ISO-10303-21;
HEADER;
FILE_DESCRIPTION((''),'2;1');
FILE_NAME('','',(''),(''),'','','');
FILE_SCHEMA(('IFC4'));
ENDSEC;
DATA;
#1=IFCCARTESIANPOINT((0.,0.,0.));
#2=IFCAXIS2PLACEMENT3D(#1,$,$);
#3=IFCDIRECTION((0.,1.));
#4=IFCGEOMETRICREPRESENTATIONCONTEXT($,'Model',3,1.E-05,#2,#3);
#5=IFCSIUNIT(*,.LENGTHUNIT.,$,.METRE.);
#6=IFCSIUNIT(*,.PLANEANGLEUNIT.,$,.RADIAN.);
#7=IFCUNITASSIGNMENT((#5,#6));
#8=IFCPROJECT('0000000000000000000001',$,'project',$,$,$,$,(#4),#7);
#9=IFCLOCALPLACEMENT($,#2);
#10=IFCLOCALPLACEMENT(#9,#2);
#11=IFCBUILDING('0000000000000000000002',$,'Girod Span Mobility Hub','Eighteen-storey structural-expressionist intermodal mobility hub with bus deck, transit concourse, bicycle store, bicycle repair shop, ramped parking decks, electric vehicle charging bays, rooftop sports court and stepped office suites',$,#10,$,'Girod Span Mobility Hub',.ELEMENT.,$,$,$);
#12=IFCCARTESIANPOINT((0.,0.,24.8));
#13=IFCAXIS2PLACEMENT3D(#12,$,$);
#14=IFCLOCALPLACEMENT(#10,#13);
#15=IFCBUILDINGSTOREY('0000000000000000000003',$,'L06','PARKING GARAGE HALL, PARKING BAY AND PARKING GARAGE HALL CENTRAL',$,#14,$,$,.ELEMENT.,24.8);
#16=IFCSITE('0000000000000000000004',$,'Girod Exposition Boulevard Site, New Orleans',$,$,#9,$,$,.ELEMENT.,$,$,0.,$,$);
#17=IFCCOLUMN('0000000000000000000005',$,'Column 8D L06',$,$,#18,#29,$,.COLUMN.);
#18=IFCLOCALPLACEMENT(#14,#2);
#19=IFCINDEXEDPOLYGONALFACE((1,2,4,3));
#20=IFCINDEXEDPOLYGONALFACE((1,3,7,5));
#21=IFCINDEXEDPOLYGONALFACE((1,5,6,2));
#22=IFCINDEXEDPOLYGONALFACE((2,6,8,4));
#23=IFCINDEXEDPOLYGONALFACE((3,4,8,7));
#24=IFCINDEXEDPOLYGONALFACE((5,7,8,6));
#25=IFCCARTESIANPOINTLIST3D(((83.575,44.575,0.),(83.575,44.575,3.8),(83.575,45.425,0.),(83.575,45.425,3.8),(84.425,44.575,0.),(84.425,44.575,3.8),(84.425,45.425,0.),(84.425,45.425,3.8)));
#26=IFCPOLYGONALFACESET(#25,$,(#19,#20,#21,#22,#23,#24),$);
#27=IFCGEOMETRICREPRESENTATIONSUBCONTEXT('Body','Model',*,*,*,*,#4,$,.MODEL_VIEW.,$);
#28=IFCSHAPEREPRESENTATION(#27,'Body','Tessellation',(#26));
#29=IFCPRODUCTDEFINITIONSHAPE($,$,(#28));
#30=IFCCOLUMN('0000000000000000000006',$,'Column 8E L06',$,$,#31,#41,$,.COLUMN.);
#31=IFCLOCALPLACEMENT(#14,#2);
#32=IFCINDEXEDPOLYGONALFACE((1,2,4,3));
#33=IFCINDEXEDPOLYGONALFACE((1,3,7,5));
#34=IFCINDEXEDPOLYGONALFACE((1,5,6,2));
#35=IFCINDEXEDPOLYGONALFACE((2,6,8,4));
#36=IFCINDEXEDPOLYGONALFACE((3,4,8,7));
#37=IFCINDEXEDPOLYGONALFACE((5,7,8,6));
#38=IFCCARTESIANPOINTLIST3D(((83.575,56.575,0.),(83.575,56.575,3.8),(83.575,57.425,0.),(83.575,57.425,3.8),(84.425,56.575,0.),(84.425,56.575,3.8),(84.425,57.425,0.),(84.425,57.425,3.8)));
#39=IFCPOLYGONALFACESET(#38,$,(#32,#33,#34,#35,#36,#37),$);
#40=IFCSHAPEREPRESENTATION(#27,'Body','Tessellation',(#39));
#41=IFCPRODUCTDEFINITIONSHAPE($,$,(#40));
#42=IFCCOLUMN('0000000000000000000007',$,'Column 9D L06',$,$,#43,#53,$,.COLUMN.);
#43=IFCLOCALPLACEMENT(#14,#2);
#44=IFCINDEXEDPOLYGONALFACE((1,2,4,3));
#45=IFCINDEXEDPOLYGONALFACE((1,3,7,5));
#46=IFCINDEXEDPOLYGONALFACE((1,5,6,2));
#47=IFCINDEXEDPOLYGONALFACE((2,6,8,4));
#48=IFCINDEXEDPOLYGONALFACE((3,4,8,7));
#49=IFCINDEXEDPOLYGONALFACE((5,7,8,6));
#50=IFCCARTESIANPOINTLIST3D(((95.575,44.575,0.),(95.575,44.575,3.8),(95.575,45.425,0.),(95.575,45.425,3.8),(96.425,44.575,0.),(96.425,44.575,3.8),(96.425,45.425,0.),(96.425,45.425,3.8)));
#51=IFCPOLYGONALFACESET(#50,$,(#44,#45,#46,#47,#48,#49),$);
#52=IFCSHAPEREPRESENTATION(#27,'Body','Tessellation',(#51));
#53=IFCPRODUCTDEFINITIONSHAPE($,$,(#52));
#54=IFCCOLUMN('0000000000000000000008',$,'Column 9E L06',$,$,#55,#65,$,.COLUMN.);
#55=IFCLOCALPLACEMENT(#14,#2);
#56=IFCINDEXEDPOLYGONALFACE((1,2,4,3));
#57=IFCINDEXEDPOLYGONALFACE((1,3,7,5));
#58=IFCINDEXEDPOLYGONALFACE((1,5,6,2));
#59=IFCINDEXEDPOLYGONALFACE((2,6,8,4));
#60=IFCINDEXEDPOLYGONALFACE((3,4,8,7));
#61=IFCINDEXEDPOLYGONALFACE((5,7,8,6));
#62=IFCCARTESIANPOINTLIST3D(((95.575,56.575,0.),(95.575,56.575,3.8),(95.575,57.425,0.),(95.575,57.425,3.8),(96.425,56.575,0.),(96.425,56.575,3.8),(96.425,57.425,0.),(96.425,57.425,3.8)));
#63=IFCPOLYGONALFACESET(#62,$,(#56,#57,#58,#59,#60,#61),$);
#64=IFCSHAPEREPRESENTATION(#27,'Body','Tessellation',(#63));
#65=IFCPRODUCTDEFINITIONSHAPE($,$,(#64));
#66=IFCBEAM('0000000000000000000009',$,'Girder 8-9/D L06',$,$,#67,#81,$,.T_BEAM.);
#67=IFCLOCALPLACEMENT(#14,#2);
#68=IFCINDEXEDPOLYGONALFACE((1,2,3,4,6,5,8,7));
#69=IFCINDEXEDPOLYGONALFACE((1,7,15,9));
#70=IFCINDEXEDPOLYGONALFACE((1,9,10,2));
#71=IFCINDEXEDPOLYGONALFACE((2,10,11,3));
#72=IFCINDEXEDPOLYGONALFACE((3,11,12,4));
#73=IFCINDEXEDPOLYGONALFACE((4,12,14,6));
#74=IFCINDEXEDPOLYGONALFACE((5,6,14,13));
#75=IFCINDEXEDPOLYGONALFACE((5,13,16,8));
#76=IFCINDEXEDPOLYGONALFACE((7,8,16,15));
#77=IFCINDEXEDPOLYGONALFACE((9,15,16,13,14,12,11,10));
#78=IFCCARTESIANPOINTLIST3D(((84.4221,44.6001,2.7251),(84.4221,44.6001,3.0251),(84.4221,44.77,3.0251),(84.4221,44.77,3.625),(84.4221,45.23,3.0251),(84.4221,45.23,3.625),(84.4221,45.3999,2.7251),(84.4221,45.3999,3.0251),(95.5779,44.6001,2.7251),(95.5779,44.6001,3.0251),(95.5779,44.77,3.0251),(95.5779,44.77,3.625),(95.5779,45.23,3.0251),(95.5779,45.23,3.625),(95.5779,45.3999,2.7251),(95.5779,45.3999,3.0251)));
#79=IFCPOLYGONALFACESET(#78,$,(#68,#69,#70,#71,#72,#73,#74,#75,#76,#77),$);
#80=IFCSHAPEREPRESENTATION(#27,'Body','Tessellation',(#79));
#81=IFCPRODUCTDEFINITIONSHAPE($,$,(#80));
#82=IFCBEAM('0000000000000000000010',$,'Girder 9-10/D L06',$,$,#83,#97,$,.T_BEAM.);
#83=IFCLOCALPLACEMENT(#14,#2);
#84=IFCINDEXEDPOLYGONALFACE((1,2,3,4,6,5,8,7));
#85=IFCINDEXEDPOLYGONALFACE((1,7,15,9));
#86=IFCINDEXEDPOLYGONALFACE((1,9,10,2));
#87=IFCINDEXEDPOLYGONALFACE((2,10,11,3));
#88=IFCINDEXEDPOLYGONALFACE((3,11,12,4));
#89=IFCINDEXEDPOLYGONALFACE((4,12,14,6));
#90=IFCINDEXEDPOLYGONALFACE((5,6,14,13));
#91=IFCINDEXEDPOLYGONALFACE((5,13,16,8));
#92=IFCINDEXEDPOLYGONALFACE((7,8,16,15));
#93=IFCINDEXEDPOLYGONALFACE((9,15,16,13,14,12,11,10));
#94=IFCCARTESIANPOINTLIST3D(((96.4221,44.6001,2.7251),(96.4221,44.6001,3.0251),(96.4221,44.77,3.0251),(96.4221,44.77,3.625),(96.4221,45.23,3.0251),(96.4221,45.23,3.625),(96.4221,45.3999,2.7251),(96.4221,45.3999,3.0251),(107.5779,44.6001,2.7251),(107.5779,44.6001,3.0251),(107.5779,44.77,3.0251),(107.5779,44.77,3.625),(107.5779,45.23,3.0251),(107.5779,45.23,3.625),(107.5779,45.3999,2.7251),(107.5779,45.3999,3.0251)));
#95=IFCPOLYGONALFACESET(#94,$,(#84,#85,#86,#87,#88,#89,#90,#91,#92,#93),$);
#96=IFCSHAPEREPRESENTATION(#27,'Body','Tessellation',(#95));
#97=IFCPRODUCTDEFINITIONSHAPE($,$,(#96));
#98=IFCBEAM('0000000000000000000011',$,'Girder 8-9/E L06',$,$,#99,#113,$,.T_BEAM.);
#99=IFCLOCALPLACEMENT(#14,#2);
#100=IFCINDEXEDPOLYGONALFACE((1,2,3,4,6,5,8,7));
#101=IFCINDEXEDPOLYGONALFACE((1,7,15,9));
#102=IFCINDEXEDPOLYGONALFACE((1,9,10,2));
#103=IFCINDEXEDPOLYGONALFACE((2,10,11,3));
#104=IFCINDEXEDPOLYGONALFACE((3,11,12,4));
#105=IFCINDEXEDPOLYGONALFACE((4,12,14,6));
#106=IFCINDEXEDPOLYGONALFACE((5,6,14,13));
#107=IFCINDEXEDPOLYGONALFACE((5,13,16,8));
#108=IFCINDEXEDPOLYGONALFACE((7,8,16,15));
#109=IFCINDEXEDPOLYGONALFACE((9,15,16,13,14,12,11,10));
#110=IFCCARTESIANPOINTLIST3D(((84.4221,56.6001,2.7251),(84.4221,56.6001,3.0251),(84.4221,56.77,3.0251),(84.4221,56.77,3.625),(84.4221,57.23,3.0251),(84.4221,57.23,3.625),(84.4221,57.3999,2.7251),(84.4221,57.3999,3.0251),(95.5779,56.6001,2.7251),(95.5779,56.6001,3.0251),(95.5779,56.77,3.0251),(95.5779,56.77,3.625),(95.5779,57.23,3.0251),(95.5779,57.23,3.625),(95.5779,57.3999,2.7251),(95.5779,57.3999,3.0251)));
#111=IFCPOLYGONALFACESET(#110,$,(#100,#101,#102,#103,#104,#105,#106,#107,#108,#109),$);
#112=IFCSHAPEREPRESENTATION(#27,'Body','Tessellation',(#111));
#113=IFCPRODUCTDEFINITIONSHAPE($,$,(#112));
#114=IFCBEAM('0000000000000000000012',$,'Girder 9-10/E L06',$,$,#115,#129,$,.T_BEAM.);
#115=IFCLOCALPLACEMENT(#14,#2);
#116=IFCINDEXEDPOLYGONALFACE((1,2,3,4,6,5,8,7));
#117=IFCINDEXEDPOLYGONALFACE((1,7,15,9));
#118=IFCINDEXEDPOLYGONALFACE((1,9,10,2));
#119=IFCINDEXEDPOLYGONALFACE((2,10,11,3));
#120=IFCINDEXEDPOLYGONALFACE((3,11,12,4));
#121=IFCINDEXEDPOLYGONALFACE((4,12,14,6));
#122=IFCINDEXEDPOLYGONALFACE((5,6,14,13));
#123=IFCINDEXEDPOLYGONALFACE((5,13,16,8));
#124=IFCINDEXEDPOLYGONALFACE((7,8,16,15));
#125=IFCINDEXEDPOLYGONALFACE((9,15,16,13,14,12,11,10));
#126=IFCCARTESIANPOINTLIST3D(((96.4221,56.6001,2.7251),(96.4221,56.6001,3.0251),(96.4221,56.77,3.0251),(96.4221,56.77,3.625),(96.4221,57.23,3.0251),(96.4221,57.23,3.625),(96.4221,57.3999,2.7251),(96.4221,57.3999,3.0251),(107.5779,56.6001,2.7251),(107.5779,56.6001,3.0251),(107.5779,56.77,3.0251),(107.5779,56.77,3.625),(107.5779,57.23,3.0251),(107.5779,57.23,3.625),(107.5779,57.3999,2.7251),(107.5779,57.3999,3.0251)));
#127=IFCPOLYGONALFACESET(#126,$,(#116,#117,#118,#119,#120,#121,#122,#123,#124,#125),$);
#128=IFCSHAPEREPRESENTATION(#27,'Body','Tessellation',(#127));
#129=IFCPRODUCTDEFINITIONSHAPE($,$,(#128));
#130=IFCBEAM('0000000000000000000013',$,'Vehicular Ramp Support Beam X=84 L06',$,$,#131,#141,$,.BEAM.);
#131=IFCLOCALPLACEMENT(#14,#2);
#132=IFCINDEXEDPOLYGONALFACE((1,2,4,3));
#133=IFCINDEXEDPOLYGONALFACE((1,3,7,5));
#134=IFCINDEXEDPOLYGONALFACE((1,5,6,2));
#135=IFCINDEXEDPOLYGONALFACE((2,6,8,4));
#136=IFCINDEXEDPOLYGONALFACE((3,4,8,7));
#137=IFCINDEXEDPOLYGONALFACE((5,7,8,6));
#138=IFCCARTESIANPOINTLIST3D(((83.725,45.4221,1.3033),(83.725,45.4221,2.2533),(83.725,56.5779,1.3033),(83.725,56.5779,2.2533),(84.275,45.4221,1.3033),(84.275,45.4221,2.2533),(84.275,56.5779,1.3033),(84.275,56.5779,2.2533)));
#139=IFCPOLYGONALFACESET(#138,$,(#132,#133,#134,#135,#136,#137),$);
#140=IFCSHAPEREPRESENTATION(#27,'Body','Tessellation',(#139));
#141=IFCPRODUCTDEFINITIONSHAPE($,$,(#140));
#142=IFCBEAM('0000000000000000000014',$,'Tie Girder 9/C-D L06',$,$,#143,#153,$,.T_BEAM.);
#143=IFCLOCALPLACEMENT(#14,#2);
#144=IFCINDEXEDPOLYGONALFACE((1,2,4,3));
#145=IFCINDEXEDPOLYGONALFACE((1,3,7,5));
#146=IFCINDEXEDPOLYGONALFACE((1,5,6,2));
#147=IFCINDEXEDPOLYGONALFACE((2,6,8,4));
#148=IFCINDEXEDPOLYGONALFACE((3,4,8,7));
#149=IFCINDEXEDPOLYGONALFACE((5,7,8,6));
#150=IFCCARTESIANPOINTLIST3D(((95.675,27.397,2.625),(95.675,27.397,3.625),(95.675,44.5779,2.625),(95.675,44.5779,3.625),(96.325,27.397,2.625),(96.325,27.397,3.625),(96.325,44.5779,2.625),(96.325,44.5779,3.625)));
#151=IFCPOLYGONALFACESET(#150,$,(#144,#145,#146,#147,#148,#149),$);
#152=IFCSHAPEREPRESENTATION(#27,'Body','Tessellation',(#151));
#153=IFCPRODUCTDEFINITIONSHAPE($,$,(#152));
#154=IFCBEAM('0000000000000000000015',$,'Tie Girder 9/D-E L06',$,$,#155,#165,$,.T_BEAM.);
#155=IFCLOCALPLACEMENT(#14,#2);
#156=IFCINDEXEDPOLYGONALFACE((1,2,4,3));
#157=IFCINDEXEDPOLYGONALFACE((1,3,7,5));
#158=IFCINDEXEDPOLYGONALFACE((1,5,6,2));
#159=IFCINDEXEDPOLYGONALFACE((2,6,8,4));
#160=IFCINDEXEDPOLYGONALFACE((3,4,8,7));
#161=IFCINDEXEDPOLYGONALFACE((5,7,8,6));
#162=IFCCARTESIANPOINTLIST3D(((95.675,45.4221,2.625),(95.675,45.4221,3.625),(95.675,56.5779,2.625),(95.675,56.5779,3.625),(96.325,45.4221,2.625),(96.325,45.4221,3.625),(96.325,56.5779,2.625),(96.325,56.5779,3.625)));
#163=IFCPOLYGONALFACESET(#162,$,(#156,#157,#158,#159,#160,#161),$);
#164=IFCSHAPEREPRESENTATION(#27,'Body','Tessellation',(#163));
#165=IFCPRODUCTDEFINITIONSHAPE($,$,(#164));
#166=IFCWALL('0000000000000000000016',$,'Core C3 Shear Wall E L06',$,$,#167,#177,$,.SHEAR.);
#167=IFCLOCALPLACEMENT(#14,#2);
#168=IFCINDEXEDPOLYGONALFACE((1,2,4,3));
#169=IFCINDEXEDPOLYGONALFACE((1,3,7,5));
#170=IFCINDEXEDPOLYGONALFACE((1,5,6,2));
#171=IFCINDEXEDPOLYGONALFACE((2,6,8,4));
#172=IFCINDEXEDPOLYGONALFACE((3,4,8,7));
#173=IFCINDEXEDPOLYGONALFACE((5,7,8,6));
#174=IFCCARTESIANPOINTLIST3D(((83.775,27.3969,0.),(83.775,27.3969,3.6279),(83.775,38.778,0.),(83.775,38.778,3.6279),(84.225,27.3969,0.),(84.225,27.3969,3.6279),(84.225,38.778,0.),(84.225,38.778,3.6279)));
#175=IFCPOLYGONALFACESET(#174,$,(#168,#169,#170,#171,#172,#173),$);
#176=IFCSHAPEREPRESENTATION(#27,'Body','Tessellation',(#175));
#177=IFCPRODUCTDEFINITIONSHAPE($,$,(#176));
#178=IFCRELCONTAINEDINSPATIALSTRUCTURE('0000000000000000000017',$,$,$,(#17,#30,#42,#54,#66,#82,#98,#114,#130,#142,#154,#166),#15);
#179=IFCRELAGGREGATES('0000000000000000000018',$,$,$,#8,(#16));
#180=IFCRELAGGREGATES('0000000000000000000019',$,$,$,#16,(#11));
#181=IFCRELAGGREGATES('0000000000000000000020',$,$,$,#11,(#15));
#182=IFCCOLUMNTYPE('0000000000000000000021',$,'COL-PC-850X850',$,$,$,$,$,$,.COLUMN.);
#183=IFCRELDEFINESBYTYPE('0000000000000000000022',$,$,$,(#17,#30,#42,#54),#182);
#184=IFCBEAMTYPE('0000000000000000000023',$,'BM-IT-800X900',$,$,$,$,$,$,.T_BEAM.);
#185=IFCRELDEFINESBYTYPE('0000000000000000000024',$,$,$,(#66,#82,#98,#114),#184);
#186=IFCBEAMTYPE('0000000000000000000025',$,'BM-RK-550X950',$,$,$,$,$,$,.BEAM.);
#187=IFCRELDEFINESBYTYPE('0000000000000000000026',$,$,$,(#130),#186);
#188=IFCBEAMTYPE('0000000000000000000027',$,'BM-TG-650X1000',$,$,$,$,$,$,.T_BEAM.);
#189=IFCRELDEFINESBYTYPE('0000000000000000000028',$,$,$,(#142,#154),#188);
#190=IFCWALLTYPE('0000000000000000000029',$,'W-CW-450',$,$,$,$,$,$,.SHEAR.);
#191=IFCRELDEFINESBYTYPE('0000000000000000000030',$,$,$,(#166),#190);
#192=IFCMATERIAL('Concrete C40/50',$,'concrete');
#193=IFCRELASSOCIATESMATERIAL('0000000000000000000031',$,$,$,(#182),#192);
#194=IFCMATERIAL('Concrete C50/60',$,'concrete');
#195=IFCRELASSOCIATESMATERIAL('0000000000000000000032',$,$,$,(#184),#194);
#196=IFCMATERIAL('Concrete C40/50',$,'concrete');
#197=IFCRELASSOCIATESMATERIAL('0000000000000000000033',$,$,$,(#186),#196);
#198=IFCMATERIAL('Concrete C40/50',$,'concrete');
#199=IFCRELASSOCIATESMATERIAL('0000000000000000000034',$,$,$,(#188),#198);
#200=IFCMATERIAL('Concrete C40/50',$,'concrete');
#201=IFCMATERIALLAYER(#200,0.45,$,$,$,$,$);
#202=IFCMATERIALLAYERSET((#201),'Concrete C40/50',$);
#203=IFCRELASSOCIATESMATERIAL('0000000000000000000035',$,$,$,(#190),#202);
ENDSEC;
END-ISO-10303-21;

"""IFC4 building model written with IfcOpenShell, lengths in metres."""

from ifc_helpers import new_model, si_unit, direction, frame, frame_2d, origin, origin_2d, place, context, subcontext, project, spatial, polyline, rectangle, outline, extrude, material, layer, layer_set, material_profile, profile_set, type_object, element, save


model = new_model("IFC4")

# Units and contexts
model_context = context("Model", 3, precision=1e-05, world=origin(), true_north=direction((0.0, 1.0)))
body_context = subcontext(model_context, "Body", "Model", "MODEL_VIEW")
ifc_project = project(units=[si_unit("LENGTHUNIT", "METRE"), si_unit("PLANEANGLEUNIT", "RADIAN")], contexts=[model_context])

# Site, building, storey
site_placement = place(None, origin())
site = spatial("IfcSite", under=ifc_project, at=site_placement, Name="Girod Exposition Boulevard Site, New Orleans", CompositionType="ELEMENT", RefElevation=0.0)
building_placement = place(site_placement, origin())
building = spatial("IfcBuilding", under=site, at=building_placement, Name="Girod Span Mobility Hub", Description="Eighteen-storey structural-expressionist intermodal mobility hub with bus deck, transit concourse, bicycle store, bicycle repair shop, ramped parking decks, electric vehicle charging bays, rooftop sports court and stepped office suites", LongName="Girod Span Mobility Hub", CompositionType="ELEMENT")
storey_placement = place(building_placement, frame((0.0, 0.0, 24.8)))
storey = spatial("IfcBuildingStorey", under=building, at=storey_placement, Name="L06", Description="PARKING GARAGE HALL, PARKING BAY AND PARKING GARAGE HALL CENTRAL", CompositionType="ELEMENT", Elevation=24.8)

# Columns
ifc_material_1 = material(Name="Concrete C40/50", Category="concrete")
ifc_material_profile_1 = material_profile(ifc_material_1, rectangle(XDim=0.8501, YDim=0.8501, at=origin_2d()), Name="PC-COL-850X850")
ifc_profile_set_1 = profile_set([ifc_material_profile_1], Name="Concrete C40/50")
column_type = type_object("IfcColumnType", Name="COL-PC-850X850", PredefinedType="COLUMN", material=ifc_profile_set_1)
for number, where, z_axis, x_axis, name in (
    (1, (84.0, 45.0, 0.0), (0.0, 0.0, 1.0), (1.0, 0.0, 0.0), "Column 8D L06"),
    (2, (84.0, 57.0, 0.0), (0.0, 0.0, 1.0), (1.0, 0.0, 0.0), "Column 8E L06"),
    (3, (96.0, 45.0, 0.0), (0.0, 0.0, 1.0), (1.0, 0.0, 0.0), "Column 9D L06"),
    (4, (96.0, 57.0, 0.0), (0.0, 0.0, 1.0), (1.0, 0.0, 0.0), "Column 9E L06"),
):
    element("IfcColumn", number, at=place(storey_placement, frame(where, z_axis=z_axis, x_axis=x_axis)), inside=storey, type_object=column_type, Name=name, PredefinedType="COLUMN", context=body_context, shape_type="SweptSolid", body=[
        extrude(rectangle(XDim=0.8501, YDim=0.8501, at=origin_2d()), origin(), (0.0, 0.0, 1.0), 3.8),
    ])

# Beams
ifc_material_2 = material(Name="Concrete C50/60", Category="concrete")
ifc_material_profile_2 = material_profile(ifc_material_2, outline(polyline([(-0.3999, -0.45), (0.3999, -0.45), (0.3999, -0.1499), (0.23, -0.1499), (0.23, 0.45), (-0.23, 0.45), (-0.23, -0.1499), (-0.3999, -0.1499), (-0.3999, -0.45)])), Name="IT-800X900")
ifc_profile_set_2 = profile_set([ifc_material_profile_2], Name="Concrete C50/60")
beam_type_1 = type_object("IfcBeamType", Name="BM-IT-800X900", PredefinedType="T_BEAM", material=ifc_profile_set_2)
for number, where, z_axis, x_axis, name in (
    (5, (84.4221, 45.0, 3.175), (1.0, 0.0, 0.0), (0.0, 1.0, 0.0), "Girder 8-9/D L06"),
    (6, (96.4221, 45.0, 3.175), (1.0, 0.0, 0.0), (0.0, 1.0, 0.0), "Girder 9-10/D L06"),
    (7, (84.4221, 57.0, 3.175), (1.0, 0.0, 0.0), (0.0, 1.0, 0.0), "Girder 8-9/E L06"),
    (8, (96.4221, 57.0, 3.175), (1.0, 0.0, 0.0), (0.0, 1.0, 0.0), "Girder 9-10/E L06"),
):
    element("IfcBeam", number, at=place(storey_placement, frame(where, z_axis=z_axis, x_axis=x_axis)), inside=storey, type_object=beam_type_1, Name=name, PredefinedType="T_BEAM", context=body_context, shape_type="SweptSolid", body=[
        extrude(outline(polyline([(-0.3999, -0.45), (0.3999, -0.45), (0.3999, -0.1499), (0.23, -0.1499), (0.23, 0.45), (-0.23, 0.45), (-0.23, -0.1499), (-0.3999, -0.1499), (-0.3999, -0.45)])), origin(), (0.0, 0.0, 1.0), 11.1558),
    ])
ifc_material_3 = material(Name="Concrete C40/50", Category="concrete")
ifc_material_profile_3 = material_profile(ifc_material_3, rectangle(XDim=0.55, YDim=0.95, at=origin_2d()), Name="RK-550X950")
ifc_profile_set_3 = profile_set([ifc_material_profile_3], Name="Concrete C40/50")
beam_type_2 = type_object("IfcBeamType", Name="BM-RK-550X950", PredefinedType="BEAM", material=ifc_profile_set_3)
beam_1_placement = place(storey_placement, frame((84.0, 45.4221, 1.7783), z_axis=(0.0, 1.0, 0.0), x_axis=(-1.0, 0.0, 0.0)))
element("IfcBeam", 9, at=beam_1_placement, inside=storey, type_object=beam_type_2, Name="Vehicular Ramp Support Beam X=84 L06", PredefinedType="BEAM", context=body_context, shape_type="SweptSolid", body=[
    extrude(rectangle(XDim=0.55, YDim=0.95, at=origin_2d()), origin(), (0.0, 0.0, 1.0), 11.1558),
])
ifc_material_4 = material(Name="Concrete C40/50", Category="concrete")
ifc_material_profile_4 = material_profile(ifc_material_4, rectangle(XDim=0.6499, YDim=1.0, at=origin_2d()), Name="TG-650X1000")
ifc_profile_set_4 = profile_set([ifc_material_profile_4], Name="Concrete C40/50")
beam_type_3 = type_object("IfcBeamType", Name="BM-TG-650X1000", PredefinedType="T_BEAM", material=ifc_profile_set_4)
beam_2_placement = place(storey_placement, frame((96.0, 27.397, 3.125), z_axis=(0.0, 1.0, 0.0), x_axis=(-1.0, 0.0, 0.0)))
element("IfcBeam", 10, at=beam_2_placement, inside=storey, type_object=beam_type_3, Name="Tie Girder 9/C-D L06", PredefinedType="T_BEAM", context=body_context, shape_type="SweptSolid", body=[
    extrude(rectangle(XDim=0.6499, YDim=1.0, at=origin_2d()), origin(), (0.0, 0.0, 1.0), 17.1809),
])
beam_3_placement = place(storey_placement, frame((96.0, 45.4221, 3.125), z_axis=(0.0, 1.0, 0.0), x_axis=(-1.0, 0.0, 0.0)))
element("IfcBeam", 11, at=beam_3_placement, inside=storey, type_object=beam_type_3, Name="Tie Girder 9/D-E L06", PredefinedType="T_BEAM", context=body_context, shape_type="SweptSolid", body=[
    extrude(rectangle(XDim=0.6499, YDim=1.0, at=origin_2d()), origin(), (0.0, 0.0, 1.0), 11.1558),
])

# Wall
ifc_material_5 = material(Name="Concrete C40/50", Category="concrete")
ifc_layer_1 = layer(ifc_material_5, 0.45)
ifc_layer_set_1 = layer_set([ifc_layer_1], Name="Concrete C40/50")
wall_type_1 = type_object("IfcWallType", Name="W-CW-450", PredefinedType="SHEAR", material=ifc_layer_set_1)
wall_1_placement = place(storey_placement, frame((84.0, 27.397, 0.0), z_axis=(0.0, 0.0, 1.0), x_axis=(0.0, 1.0, 0.0)))
element("IfcWall", 12, at=wall_1_placement, inside=storey, type_object=wall_type_1, Name="Core C3 Shear Wall E L06", PredefinedType="SHEAR", context=body_context, shape_type="SweptSolid", body=[
    extrude(rectangle(XDim=11.3811, YDim=0.45, at=frame_2d((5.6904, 0.0))), origin(), (0.0, 0.0, 1.0), 3.6279),
])

save(model, "model.ifc")
